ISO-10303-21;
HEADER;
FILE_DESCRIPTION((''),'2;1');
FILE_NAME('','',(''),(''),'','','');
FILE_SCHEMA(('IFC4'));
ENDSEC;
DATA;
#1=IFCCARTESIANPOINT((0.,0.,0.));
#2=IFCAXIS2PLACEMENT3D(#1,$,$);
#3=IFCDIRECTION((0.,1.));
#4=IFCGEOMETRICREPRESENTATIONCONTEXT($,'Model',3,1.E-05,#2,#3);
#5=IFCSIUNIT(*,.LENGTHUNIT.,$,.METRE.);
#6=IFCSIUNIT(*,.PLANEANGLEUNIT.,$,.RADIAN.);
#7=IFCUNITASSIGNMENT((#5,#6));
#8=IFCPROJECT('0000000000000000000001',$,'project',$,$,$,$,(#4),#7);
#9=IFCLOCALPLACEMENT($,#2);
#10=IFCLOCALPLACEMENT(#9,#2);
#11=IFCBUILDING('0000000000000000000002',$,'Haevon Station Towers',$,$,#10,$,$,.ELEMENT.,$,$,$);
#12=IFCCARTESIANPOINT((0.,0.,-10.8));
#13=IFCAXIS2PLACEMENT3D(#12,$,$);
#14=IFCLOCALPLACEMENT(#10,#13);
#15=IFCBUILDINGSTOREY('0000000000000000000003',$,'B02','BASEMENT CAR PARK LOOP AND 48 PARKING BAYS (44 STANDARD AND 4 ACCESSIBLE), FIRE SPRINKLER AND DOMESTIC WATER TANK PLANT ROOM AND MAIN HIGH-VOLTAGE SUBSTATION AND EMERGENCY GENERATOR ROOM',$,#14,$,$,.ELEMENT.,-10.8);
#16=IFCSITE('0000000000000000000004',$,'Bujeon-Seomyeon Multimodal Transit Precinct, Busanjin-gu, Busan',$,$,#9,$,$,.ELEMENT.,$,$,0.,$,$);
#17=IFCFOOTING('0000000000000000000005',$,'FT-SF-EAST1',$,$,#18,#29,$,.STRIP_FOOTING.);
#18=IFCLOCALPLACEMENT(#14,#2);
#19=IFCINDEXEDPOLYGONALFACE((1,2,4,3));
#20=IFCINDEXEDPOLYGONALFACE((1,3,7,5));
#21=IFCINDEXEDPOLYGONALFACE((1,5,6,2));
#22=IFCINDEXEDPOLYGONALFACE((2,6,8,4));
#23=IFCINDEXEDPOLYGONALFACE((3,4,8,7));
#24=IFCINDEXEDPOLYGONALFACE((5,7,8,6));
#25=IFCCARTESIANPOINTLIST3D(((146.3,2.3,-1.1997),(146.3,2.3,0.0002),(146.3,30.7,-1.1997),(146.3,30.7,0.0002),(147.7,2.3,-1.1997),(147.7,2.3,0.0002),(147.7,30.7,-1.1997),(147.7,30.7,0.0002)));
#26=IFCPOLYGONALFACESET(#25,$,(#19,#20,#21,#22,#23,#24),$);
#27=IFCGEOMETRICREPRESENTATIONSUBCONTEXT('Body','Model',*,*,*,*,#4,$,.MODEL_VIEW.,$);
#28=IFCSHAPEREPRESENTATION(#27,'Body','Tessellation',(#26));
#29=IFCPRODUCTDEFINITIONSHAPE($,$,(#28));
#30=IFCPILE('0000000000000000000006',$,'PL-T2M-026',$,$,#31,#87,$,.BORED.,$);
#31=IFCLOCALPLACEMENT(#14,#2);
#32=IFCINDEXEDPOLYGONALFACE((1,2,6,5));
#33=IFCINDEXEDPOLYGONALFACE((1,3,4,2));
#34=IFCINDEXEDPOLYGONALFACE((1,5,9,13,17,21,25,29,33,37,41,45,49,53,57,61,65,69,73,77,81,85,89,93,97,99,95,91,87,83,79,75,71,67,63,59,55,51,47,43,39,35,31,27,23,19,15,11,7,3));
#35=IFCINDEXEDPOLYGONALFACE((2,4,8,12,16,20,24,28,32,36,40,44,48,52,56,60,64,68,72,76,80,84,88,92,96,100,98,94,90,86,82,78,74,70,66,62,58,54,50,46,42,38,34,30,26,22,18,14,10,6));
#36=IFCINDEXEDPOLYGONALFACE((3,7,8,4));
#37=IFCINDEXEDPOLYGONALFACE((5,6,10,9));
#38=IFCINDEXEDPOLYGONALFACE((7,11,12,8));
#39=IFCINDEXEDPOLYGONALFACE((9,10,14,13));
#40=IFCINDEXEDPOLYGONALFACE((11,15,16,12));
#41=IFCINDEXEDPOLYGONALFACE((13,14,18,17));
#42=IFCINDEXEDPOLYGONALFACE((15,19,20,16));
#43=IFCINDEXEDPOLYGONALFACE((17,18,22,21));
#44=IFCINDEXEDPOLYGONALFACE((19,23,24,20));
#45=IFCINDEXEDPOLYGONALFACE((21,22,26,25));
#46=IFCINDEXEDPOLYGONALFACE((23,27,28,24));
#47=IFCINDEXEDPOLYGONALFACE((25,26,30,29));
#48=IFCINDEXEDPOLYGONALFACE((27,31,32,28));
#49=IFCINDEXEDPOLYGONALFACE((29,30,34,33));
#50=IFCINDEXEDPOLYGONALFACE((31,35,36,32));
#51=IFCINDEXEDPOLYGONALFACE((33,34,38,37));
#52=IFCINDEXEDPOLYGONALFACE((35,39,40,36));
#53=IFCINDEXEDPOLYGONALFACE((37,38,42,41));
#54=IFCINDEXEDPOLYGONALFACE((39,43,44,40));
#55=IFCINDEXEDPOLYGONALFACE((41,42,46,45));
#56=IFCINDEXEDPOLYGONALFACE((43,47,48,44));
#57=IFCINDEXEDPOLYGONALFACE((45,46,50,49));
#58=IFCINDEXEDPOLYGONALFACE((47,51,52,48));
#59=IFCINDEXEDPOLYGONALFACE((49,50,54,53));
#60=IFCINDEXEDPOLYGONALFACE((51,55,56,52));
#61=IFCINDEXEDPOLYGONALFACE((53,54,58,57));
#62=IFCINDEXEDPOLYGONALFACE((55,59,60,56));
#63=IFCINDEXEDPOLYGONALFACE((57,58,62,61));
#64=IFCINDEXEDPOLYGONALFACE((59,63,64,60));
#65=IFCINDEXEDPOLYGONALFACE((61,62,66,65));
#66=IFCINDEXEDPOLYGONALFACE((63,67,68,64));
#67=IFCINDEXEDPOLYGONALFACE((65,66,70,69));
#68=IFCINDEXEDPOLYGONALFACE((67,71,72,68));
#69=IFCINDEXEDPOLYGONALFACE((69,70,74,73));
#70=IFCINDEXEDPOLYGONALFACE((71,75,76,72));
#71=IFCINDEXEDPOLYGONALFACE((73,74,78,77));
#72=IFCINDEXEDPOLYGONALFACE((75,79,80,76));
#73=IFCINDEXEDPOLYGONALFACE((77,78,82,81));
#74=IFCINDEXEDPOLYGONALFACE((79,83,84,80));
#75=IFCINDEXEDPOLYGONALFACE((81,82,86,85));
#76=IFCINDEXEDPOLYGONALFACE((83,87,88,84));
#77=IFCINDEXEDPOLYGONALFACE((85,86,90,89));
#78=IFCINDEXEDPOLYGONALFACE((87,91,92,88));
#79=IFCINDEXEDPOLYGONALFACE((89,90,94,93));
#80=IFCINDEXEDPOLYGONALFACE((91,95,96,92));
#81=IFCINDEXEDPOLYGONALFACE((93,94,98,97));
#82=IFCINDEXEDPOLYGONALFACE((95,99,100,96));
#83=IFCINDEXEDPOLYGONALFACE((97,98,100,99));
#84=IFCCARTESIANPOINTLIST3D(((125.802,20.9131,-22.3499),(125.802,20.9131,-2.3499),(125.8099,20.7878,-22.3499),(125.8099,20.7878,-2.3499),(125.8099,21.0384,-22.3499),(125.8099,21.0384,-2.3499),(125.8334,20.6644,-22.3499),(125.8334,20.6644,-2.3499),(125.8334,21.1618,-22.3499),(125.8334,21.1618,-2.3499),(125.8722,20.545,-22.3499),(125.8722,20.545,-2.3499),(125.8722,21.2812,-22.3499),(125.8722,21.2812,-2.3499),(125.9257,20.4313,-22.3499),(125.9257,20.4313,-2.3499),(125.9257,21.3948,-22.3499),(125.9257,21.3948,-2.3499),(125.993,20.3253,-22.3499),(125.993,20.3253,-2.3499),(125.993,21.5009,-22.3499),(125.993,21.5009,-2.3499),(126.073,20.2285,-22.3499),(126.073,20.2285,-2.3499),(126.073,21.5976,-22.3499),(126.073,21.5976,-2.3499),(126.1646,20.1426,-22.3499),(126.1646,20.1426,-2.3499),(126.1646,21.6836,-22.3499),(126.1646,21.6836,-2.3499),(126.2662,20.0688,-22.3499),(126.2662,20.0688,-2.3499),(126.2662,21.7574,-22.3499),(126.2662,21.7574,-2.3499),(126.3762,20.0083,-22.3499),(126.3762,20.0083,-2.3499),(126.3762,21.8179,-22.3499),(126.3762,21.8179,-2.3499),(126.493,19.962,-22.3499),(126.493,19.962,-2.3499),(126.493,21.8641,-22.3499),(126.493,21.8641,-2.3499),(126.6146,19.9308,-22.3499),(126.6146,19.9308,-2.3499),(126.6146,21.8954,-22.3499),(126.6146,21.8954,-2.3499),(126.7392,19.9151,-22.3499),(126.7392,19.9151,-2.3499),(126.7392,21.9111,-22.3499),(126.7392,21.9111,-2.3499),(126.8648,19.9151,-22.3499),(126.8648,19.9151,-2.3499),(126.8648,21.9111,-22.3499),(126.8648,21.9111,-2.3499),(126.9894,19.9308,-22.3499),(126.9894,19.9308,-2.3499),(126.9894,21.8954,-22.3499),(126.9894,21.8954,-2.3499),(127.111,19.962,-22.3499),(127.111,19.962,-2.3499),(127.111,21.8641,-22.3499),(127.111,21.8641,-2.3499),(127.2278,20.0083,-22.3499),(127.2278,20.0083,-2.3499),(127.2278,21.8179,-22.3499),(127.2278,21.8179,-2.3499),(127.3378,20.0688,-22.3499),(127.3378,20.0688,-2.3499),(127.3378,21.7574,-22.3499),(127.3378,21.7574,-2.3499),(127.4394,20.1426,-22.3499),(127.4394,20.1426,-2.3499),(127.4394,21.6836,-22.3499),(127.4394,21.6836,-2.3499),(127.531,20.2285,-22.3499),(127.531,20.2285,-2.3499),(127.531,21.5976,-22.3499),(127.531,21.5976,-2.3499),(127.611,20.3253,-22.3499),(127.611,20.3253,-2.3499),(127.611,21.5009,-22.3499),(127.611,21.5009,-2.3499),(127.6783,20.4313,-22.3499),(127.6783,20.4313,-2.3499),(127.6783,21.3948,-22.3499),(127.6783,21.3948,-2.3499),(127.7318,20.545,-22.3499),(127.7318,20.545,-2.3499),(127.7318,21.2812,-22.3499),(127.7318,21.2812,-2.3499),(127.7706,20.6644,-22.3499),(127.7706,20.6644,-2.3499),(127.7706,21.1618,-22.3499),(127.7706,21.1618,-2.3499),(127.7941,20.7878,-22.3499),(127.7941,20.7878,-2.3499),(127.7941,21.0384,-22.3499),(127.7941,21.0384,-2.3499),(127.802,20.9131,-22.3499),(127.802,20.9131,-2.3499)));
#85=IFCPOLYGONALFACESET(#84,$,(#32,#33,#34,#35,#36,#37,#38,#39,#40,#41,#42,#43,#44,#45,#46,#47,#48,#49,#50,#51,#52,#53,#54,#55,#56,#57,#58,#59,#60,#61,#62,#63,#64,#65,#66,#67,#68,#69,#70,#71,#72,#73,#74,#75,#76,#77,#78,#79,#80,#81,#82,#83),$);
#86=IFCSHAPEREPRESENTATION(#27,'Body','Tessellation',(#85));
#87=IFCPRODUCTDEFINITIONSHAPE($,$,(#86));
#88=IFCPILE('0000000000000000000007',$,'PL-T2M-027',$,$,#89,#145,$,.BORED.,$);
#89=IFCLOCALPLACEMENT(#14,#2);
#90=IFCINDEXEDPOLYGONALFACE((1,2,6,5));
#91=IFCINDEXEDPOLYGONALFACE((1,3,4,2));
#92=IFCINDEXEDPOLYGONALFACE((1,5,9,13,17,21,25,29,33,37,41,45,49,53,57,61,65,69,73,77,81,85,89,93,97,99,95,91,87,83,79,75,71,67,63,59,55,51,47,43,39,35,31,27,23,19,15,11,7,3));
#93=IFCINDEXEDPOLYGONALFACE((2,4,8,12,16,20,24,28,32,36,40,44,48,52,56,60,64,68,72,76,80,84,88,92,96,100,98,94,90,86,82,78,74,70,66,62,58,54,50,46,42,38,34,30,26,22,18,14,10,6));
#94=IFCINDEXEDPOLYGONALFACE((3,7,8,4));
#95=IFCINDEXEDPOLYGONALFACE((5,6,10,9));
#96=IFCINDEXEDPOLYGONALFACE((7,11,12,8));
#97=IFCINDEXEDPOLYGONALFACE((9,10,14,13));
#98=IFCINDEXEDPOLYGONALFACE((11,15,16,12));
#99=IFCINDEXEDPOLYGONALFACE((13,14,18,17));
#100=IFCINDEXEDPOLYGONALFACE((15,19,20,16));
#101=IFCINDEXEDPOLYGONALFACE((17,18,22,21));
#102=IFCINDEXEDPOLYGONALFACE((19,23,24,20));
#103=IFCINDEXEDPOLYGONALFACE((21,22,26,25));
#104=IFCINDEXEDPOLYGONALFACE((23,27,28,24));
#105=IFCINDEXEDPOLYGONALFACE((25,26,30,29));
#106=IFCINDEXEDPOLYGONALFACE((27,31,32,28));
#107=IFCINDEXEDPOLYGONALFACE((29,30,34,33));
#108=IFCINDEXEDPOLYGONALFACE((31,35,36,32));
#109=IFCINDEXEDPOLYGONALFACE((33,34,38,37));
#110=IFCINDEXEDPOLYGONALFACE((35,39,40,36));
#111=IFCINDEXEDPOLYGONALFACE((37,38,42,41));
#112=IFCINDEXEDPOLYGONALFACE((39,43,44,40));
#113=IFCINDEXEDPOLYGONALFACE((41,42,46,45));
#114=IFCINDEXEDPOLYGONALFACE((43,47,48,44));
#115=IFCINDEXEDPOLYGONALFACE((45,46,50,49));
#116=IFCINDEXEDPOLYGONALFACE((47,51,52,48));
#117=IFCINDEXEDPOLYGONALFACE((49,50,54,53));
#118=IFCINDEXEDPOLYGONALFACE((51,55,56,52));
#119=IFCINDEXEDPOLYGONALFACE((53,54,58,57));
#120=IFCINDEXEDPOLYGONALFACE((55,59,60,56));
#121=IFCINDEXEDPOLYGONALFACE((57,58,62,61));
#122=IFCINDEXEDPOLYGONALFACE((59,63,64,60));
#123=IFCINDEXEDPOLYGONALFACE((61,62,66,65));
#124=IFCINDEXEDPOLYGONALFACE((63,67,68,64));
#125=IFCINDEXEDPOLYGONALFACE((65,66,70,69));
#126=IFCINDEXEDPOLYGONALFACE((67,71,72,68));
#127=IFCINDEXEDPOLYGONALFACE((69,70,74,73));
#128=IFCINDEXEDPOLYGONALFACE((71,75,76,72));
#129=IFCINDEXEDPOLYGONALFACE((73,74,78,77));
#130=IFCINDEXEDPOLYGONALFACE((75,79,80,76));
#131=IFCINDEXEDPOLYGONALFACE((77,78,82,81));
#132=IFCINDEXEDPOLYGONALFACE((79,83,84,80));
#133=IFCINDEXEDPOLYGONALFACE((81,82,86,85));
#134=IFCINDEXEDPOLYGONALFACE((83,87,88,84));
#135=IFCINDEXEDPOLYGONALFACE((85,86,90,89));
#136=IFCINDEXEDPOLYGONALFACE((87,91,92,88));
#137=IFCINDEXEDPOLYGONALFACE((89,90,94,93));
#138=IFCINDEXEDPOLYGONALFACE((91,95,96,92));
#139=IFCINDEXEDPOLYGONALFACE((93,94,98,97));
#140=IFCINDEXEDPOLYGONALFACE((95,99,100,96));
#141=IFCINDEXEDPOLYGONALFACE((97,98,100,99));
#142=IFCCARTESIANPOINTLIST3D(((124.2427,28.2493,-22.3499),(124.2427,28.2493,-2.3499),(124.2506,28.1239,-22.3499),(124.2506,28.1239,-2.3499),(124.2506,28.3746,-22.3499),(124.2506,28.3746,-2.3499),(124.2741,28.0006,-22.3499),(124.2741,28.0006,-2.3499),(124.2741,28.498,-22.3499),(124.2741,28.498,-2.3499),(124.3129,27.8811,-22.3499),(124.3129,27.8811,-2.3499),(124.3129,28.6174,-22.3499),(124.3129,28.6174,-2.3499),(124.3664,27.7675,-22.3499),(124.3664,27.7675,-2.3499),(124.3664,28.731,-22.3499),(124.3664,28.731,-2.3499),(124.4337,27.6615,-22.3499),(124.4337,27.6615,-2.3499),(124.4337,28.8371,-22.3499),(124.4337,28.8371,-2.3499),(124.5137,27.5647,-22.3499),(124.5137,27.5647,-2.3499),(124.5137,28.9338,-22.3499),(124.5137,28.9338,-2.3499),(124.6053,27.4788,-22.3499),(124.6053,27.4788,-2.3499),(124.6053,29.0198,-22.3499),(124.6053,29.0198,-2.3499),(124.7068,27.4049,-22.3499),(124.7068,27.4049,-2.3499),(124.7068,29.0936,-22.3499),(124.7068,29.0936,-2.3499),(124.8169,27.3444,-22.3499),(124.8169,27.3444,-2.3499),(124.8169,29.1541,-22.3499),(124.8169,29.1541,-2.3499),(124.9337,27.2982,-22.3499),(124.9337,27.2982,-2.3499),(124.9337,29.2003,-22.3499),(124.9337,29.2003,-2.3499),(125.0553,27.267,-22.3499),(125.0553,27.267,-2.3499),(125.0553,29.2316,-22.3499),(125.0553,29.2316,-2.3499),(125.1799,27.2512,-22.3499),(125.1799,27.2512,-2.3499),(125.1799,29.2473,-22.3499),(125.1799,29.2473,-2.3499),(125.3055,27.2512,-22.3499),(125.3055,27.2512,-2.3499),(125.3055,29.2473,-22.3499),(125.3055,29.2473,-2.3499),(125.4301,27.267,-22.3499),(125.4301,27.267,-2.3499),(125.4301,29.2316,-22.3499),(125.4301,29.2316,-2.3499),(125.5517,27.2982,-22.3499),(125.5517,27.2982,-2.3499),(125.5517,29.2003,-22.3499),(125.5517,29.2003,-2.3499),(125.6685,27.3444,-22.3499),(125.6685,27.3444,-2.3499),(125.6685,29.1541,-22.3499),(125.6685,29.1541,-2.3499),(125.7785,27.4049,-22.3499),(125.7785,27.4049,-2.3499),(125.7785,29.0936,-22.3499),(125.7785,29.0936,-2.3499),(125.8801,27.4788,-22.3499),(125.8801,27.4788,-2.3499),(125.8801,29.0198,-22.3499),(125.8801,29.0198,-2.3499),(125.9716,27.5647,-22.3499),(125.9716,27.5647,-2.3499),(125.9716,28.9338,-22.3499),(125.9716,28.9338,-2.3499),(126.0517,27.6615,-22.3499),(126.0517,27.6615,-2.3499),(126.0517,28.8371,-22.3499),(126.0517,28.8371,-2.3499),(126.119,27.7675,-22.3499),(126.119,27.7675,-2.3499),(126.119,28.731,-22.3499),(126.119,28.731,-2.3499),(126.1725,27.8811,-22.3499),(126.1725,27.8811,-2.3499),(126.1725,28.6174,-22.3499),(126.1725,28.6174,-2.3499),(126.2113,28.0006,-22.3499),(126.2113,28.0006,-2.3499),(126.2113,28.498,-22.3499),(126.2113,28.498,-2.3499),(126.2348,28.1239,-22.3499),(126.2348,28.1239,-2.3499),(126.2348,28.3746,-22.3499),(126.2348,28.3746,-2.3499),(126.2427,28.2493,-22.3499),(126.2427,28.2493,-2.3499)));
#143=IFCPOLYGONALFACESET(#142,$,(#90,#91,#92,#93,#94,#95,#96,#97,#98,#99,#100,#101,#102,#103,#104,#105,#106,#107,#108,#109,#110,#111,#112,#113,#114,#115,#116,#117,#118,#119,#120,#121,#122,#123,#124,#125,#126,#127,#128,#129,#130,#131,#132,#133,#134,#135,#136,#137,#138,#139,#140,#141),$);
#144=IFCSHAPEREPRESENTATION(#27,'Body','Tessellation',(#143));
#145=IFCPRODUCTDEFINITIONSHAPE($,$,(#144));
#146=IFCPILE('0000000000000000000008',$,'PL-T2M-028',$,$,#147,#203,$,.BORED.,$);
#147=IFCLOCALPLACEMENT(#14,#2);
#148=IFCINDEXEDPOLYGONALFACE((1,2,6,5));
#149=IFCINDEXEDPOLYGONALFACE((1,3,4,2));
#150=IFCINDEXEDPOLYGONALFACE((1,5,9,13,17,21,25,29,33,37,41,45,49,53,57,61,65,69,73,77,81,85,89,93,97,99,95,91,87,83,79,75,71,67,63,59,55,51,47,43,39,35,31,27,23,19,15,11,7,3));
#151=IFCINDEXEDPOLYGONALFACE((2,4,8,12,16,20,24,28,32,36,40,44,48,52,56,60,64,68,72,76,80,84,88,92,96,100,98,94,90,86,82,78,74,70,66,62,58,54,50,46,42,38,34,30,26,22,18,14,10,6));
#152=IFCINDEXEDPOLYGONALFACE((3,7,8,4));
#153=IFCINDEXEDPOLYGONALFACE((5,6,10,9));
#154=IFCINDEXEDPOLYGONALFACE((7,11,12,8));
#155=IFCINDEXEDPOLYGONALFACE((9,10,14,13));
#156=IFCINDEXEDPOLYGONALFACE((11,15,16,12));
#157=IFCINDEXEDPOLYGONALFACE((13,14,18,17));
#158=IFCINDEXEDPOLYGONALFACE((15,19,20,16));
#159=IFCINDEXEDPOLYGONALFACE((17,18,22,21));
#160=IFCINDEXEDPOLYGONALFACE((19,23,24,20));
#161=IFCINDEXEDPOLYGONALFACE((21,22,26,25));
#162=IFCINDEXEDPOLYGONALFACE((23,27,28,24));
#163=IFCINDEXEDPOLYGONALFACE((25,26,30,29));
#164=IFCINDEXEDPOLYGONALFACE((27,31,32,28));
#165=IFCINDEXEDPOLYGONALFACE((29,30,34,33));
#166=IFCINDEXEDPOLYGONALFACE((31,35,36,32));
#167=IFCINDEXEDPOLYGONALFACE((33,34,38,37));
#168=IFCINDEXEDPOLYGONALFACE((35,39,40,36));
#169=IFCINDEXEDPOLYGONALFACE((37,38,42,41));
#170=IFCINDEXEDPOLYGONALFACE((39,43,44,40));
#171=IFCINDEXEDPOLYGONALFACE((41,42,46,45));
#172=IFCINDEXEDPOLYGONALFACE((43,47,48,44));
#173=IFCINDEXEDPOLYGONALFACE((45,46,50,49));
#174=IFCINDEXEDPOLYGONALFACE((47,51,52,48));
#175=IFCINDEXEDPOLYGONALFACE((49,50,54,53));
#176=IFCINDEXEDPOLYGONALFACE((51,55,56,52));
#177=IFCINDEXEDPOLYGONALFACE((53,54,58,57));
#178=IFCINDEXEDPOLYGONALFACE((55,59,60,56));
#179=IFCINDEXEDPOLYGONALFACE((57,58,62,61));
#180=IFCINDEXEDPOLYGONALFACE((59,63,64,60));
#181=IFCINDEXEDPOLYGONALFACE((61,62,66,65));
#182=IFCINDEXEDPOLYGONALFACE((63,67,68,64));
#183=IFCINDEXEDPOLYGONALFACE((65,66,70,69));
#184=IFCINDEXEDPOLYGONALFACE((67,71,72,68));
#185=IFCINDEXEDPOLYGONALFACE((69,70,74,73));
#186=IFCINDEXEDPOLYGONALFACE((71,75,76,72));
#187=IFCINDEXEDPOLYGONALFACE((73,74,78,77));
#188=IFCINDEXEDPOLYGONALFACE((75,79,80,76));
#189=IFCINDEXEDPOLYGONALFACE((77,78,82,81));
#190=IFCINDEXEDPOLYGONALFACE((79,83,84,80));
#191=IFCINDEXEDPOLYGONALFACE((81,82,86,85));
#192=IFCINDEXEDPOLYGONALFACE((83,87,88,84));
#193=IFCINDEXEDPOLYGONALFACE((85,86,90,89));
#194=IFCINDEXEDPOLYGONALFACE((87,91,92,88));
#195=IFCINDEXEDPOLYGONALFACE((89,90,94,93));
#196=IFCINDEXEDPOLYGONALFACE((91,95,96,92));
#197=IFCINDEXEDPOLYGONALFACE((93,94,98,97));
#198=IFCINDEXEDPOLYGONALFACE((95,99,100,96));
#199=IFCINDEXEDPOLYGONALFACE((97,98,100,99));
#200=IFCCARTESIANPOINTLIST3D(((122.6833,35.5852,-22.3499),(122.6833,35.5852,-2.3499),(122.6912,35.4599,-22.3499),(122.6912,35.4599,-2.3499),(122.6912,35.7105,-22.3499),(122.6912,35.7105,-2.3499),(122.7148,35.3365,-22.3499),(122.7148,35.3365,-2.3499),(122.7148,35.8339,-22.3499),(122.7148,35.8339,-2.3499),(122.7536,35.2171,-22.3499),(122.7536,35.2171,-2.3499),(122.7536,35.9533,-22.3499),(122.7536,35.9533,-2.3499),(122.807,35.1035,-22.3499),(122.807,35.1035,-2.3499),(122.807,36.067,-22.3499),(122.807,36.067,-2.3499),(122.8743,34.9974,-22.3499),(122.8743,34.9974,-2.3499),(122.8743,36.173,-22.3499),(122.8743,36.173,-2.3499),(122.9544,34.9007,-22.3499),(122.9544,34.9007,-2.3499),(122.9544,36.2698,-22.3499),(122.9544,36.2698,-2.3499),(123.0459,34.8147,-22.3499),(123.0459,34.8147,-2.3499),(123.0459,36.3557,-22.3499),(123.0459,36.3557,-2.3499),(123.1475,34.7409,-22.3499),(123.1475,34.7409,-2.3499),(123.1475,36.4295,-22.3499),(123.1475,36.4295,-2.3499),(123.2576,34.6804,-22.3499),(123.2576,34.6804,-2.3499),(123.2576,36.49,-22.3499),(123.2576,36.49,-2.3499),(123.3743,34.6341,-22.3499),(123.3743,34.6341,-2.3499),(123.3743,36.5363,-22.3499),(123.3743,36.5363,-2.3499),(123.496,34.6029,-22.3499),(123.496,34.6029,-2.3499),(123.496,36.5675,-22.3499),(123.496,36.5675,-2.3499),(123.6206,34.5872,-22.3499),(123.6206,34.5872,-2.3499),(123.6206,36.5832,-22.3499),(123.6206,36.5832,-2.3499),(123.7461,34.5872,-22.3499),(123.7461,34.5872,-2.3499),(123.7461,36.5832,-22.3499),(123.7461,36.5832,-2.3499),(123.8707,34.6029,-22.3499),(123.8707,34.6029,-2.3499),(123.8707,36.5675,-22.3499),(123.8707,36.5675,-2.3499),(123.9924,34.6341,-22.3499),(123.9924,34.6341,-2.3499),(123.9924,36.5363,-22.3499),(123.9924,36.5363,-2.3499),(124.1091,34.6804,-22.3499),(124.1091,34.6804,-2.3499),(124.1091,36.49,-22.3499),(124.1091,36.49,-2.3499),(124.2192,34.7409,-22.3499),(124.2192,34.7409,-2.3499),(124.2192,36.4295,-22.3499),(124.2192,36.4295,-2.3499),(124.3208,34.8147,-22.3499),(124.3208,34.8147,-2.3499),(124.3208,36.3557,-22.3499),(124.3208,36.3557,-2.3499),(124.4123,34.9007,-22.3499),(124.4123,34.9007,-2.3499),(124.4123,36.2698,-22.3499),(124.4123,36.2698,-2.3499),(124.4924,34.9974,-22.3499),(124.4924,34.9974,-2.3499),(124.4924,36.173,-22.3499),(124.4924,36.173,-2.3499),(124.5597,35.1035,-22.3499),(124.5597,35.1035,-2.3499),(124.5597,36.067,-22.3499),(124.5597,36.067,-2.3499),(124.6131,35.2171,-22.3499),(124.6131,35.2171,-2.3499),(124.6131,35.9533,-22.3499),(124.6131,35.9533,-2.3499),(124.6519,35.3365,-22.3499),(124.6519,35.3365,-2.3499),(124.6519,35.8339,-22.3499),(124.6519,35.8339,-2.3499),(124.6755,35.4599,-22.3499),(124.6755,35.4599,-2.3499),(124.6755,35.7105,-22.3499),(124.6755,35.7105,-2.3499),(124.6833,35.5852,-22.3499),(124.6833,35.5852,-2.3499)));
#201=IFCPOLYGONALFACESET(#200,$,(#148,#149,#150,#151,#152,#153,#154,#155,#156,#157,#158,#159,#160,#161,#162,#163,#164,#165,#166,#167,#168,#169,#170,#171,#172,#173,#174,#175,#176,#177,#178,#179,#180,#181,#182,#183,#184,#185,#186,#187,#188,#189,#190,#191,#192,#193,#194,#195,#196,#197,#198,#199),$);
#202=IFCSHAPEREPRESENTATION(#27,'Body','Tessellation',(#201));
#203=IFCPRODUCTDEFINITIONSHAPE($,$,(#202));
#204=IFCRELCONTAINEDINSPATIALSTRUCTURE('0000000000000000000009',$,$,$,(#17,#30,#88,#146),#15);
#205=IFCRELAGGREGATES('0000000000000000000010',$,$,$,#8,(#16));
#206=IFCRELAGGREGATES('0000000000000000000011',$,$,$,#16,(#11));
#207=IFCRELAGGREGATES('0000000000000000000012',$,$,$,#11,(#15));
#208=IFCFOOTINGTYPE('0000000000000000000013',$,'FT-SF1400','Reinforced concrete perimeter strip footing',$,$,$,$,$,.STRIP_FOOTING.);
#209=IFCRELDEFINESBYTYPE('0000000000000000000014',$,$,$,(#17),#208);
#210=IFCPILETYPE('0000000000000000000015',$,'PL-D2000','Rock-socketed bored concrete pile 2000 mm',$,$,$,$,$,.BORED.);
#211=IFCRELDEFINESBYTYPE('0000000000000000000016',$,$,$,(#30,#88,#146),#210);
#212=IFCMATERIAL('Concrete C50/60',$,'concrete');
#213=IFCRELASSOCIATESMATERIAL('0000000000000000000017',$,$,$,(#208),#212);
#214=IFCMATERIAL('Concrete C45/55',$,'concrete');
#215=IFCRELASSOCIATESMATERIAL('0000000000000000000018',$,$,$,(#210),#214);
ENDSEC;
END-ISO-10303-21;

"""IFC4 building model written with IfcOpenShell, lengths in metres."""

from ifc_helpers import new_model, si_unit, direction, frame, origin, origin_2d, place, context, subcontext, project, spatial, rectangle, circle, extrude, material, material_profile, profile_set, type_object, element, save


model = new_model("IFC4")

# Units and contexts
model_context = context("Model", 3, precision=1e-05, world=origin(), true_north=direction((0.0, 1.0)))
body_context = subcontext(model_context, "Body", "Model", "MODEL_VIEW")
ifc_project = project(units=[si_unit("LENGTHUNIT", "METRE"), si_unit("PLANEANGLEUNIT", "RADIAN")], contexts=[model_context])

# Site, building, storey
site_placement = place(None, origin())
site = spatial("IfcSite", under=ifc_project, at=site_placement, Name="Bujeon-Seomyeon Multimodal Transit Precinct, Busanjin-gu, Busan", CompositionType="ELEMENT", RefElevation=0.0)
building_placement = place(site_placement, origin())
building = spatial("IfcBuilding", under=site, at=building_placement, Name="Haevon Station Towers", CompositionType="ELEMENT")
storey_placement = place(building_placement, frame((0.0, 0.0, -10.8)))
storey = spatial("IfcBuildingStorey", under=building, at=storey_placement, Name="B02", Description="BASEMENT CAR PARK LOOP AND 48 PARKING BAYS (44 STANDARD AND 4 ACCESSIBLE), FIRE SPRINKLER AND DOMESTIC WATER TANK PLANT ROOM AND MAIN HIGH-VOLTAGE SUBSTATION AND EMERGENCY GENERATOR ROOM", CompositionType="ELEMENT", Elevation=-10.8)

# Footing
ifc_material_1 = material(Name="Concrete C50/60", Category="concrete")
footing_type = type_object("IfcFootingType", Name="FT-SF1400", Description="Reinforced concrete perimeter strip footing", PredefinedType="STRIP_FOOTING", material=ifc_material_1)
footing_placement = place(storey_placement, frame((147.0, 16.5, -1.1997), z_axis=(0.0, 0.0, 1.0), x_axis=(0.0, 1.0, 0.0)))
element("IfcFooting", 1, at=footing_placement, inside=storey, type_object=footing_type, Name="FT-SF-EAST1", PredefinedType="STRIP_FOOTING", context=body_context, shape_type="SweptSolid", body=[
    extrude(rectangle(XDim=28.3999, YDim=1.3999, at=origin_2d()), origin(), (0.0, 0.0, 1.0), 1.2),
])

# Piles
ifc_material_2 = material(Name="Concrete C45/55", Category="concrete")
ifc_material_profile_1 = material_profile(ifc_material_2, circle(Radius=1.0, at=origin_2d()), Name="PILE-D2000")
ifc_profile_set_1 = profile_set([ifc_material_profile_1], Name="Concrete C45/55")
pile_type = type_object("IfcPileType", Name="PL-D2000", Description="Rock-socketed bored concrete pile 2000 mm", PredefinedType="BORED", material=ifc_profile_set_1)
for number, where, z_axis, x_axis, name in (
    (2, (126.802, 20.9131, -2.3499), (0.0, 0.0, -1.0), (1.0, 0.0, 0.0), "PL-T2M-026"),
    (3, (125.2427, 28.2493, -2.3499), (0.0, 0.0, -1.0), (1.0, 0.0, 0.0), "PL-T2M-027"),
    (4, (123.6833, 35.5852, -2.3499), (0.0, 0.0, -1.0), (1.0, 0.0, 0.0), "PL-T2M-028"),
):
    element("IfcPile", number, at=place(storey_placement, frame(where, z_axis=z_axis, x_axis=x_axis)), inside=storey, type_object=pile_type, Name=name, PredefinedType="BORED", context=body_context, shape_type="SweptSolid", body=[
        extrude(circle(Radius=1.0, at=origin_2d()), origin(), (0.0, 0.0, 1.0), 20.0),
    ])

save(model, "model.ifc")
